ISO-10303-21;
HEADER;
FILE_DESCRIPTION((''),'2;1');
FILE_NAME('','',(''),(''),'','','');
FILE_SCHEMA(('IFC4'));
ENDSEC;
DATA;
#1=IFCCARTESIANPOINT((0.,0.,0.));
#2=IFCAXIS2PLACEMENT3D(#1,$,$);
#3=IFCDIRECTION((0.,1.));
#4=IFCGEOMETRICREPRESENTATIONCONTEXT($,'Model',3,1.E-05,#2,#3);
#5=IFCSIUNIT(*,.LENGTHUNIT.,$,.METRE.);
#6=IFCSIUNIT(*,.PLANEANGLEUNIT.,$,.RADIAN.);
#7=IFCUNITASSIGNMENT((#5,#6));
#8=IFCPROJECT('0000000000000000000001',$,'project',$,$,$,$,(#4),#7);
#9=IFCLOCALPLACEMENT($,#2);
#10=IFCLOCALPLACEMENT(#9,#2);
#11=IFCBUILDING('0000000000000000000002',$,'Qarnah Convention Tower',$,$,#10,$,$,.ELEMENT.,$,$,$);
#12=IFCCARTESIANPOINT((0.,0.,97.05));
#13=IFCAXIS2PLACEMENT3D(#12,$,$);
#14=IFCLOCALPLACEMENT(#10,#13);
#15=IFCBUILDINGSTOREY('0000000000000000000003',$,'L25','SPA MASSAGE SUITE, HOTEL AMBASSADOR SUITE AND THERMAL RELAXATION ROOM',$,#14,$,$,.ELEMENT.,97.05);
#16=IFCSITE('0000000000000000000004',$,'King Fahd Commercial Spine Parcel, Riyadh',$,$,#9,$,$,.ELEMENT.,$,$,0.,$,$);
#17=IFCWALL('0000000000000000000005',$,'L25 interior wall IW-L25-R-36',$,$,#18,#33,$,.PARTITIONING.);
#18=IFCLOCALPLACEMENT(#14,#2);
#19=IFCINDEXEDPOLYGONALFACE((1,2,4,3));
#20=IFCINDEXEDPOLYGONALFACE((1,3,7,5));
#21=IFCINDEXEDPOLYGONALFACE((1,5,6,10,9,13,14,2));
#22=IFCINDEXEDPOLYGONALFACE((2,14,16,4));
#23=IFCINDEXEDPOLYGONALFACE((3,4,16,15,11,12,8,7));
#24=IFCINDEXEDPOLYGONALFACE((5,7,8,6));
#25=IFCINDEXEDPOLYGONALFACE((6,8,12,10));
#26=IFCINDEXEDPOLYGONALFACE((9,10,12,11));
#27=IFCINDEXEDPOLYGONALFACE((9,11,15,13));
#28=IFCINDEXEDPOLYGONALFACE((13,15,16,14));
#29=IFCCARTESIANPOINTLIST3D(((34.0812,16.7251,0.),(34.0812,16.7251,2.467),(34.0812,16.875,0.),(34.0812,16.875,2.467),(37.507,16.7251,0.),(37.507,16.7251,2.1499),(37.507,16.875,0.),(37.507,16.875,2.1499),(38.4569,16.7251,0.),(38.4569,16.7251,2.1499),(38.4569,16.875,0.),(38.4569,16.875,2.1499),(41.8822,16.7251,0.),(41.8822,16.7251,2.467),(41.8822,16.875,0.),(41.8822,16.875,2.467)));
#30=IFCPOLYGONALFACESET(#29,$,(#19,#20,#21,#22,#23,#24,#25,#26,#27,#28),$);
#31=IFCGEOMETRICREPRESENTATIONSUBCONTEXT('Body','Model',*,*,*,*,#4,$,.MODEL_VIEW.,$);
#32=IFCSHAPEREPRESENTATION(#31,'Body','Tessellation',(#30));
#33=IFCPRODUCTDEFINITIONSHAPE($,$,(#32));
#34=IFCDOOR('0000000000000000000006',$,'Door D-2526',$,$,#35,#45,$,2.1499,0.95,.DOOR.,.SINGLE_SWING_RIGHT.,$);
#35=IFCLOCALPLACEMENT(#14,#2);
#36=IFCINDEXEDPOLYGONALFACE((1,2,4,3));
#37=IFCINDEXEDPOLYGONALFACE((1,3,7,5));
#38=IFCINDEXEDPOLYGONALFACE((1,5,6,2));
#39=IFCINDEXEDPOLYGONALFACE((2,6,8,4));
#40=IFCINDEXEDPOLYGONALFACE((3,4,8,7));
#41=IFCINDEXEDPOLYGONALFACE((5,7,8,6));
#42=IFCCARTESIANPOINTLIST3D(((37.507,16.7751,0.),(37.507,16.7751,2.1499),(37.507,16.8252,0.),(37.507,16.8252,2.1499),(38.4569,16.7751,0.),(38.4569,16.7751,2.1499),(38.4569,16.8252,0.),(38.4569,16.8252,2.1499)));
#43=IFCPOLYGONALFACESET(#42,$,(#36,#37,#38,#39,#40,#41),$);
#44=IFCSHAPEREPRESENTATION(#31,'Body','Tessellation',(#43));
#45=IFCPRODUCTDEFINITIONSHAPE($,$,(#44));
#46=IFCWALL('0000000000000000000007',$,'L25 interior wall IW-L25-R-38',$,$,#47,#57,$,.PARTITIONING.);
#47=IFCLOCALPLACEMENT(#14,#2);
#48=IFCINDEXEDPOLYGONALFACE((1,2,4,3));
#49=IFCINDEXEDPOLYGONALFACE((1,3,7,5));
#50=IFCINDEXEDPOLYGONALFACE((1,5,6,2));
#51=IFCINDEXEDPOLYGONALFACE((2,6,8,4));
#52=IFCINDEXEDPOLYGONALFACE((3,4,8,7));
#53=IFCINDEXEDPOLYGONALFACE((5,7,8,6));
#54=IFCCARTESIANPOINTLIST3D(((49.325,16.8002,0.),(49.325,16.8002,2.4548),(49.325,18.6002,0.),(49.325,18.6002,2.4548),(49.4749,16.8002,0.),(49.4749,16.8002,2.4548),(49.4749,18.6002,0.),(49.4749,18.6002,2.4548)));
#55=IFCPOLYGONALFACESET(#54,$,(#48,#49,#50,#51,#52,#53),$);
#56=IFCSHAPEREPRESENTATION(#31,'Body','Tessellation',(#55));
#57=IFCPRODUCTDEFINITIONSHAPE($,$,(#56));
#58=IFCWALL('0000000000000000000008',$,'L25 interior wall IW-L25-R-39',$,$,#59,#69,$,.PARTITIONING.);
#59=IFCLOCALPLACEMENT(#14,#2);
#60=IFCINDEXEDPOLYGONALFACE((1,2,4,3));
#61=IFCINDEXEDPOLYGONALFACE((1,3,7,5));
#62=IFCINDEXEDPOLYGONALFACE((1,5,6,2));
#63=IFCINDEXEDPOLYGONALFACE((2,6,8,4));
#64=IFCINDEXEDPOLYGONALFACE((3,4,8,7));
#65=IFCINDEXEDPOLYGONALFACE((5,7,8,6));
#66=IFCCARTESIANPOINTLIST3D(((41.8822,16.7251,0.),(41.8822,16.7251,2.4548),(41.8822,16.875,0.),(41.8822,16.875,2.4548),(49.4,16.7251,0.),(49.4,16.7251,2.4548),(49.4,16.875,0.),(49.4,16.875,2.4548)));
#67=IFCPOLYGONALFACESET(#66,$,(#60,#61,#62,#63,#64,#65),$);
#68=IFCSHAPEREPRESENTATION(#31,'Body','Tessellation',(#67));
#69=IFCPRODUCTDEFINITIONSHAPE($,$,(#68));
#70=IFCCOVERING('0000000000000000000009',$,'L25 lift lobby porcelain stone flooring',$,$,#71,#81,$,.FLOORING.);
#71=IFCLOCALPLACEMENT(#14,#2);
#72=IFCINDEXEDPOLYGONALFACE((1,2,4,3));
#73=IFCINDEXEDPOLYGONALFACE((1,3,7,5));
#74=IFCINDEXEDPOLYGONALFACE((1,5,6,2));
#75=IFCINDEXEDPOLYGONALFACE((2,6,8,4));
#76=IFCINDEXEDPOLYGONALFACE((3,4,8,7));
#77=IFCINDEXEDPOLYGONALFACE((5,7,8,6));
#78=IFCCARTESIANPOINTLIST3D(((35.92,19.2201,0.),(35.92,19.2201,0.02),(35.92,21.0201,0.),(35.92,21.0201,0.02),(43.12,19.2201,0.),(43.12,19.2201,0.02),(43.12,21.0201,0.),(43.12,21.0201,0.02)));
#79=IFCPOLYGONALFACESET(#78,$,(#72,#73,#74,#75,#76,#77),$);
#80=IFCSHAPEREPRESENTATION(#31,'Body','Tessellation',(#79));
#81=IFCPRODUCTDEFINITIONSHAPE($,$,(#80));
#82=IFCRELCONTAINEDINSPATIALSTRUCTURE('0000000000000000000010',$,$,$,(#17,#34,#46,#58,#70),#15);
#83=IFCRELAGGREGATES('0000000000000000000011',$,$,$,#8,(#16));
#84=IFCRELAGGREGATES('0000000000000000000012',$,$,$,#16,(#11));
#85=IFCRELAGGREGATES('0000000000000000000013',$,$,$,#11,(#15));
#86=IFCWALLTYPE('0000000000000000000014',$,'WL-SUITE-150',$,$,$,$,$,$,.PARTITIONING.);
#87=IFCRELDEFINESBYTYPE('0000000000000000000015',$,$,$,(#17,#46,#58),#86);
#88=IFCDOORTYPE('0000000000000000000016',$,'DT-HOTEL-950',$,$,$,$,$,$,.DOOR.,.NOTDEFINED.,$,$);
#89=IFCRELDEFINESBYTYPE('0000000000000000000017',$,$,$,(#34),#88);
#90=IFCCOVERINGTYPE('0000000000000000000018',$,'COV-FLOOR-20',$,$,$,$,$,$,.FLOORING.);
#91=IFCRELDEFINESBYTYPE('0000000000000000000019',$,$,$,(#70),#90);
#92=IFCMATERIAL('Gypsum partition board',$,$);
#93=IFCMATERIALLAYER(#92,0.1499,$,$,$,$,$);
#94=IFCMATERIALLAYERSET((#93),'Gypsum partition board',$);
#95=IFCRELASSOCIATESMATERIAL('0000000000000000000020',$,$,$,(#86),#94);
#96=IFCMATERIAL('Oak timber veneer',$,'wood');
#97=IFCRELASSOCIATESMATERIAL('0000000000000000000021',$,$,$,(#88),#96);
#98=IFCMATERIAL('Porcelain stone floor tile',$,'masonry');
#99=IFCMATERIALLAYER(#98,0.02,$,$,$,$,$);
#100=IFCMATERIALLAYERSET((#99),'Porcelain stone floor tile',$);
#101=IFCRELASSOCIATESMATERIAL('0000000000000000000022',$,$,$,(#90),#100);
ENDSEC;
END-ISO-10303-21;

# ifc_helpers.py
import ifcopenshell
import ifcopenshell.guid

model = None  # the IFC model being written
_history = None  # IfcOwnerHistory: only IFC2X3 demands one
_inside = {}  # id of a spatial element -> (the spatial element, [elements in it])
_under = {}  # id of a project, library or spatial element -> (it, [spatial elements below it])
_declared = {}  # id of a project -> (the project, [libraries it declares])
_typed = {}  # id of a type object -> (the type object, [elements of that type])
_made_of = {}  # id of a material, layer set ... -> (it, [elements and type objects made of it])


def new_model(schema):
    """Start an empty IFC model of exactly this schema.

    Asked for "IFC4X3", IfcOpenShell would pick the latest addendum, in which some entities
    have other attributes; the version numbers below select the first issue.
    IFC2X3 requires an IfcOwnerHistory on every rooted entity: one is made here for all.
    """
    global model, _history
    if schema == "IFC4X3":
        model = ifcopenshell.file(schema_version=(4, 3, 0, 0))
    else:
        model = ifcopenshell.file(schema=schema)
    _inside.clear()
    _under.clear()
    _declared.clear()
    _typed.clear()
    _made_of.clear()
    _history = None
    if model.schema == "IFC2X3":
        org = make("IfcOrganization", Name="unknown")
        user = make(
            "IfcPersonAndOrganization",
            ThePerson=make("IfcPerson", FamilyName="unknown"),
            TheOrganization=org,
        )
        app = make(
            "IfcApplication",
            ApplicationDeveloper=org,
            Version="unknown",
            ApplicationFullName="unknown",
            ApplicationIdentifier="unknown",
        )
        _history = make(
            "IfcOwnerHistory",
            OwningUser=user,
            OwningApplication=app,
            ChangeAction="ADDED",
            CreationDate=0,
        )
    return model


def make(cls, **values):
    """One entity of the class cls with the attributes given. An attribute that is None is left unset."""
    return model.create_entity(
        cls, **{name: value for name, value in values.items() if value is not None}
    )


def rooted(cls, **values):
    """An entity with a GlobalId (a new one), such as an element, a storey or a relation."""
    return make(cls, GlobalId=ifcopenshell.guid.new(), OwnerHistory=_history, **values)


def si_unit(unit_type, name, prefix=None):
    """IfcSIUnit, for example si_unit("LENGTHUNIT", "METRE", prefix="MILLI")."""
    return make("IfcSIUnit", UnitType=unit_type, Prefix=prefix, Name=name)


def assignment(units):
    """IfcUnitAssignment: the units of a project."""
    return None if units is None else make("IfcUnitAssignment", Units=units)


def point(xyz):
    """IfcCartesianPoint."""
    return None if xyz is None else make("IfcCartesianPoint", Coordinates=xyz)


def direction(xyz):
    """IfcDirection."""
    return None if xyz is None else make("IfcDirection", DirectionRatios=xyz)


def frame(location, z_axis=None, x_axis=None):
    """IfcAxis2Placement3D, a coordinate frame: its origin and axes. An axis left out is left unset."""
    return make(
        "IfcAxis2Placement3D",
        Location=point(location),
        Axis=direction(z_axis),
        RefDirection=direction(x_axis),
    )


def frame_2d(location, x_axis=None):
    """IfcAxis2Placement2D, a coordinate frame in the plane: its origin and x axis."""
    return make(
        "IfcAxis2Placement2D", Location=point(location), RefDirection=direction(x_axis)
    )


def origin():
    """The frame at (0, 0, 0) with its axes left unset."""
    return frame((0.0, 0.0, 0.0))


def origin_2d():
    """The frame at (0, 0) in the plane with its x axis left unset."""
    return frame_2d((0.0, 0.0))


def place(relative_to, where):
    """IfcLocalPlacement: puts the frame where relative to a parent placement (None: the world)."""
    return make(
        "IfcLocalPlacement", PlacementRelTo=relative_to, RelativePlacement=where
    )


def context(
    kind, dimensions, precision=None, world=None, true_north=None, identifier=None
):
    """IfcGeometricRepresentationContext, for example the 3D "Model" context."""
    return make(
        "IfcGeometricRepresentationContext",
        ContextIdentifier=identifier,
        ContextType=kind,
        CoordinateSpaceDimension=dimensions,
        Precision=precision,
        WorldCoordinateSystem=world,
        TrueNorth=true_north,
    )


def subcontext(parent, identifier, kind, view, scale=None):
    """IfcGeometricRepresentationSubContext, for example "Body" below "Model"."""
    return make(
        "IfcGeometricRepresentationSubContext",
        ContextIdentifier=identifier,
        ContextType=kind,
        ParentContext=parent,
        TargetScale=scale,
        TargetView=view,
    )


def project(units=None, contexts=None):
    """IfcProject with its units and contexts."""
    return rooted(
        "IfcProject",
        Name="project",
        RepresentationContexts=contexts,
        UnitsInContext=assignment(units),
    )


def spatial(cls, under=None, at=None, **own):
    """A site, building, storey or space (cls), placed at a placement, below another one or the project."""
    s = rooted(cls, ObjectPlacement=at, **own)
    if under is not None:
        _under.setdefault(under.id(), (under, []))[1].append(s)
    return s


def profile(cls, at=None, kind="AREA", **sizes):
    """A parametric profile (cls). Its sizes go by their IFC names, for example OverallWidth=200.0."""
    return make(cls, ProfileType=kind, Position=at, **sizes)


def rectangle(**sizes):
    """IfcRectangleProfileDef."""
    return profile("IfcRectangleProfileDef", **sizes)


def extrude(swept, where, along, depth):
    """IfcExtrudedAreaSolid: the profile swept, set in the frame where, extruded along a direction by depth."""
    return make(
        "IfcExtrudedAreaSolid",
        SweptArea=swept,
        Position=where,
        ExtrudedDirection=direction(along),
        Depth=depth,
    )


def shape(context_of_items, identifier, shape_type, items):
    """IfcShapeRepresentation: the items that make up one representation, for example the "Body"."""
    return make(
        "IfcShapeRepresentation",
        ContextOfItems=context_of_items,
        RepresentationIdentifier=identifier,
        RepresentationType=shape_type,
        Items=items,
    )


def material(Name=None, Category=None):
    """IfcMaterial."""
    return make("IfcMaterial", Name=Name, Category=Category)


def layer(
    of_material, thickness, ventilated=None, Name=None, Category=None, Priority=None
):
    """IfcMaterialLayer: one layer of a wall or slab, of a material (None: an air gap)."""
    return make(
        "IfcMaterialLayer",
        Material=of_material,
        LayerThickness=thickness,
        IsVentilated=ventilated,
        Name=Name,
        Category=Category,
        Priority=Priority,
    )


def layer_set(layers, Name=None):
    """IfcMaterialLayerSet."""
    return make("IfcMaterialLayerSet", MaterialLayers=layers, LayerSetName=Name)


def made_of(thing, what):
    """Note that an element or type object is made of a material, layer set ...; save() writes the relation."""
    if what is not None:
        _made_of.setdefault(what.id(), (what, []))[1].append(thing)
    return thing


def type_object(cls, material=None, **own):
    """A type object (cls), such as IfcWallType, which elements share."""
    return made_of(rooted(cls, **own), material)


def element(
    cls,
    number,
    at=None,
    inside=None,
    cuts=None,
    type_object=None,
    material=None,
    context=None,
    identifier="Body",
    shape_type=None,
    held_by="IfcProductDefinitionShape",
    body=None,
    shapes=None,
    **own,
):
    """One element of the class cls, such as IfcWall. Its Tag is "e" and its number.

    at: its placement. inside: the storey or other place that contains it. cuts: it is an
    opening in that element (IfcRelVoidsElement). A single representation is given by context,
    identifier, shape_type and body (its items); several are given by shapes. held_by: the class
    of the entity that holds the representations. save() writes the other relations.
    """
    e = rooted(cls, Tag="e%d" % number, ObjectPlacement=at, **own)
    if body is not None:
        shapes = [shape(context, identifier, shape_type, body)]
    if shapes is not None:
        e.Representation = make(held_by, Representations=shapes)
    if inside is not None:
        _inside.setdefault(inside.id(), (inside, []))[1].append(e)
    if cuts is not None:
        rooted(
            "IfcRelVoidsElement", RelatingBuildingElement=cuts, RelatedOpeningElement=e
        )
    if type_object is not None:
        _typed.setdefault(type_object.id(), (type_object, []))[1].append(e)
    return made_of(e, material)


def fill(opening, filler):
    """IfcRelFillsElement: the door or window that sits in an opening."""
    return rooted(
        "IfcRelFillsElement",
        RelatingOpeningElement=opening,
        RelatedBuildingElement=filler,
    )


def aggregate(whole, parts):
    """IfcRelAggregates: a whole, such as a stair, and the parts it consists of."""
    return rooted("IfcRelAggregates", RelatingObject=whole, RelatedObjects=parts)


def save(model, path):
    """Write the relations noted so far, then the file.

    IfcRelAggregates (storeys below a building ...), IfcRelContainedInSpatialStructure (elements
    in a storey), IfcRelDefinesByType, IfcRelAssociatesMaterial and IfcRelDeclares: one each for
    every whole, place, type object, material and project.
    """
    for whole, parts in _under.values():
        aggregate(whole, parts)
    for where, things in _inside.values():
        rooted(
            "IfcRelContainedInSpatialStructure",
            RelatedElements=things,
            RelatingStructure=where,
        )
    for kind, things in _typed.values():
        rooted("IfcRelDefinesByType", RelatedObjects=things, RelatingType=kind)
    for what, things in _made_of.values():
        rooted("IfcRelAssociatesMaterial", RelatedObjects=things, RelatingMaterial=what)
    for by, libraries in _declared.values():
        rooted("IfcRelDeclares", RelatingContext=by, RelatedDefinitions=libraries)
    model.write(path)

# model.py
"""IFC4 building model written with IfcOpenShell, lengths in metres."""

from ifc_helpers import new_model, si_unit, direction, frame, frame_2d, origin, origin_2d, place, context, subcontext, project, spatial, rectangle, extrude, material, layer, layer_set, type_object, element, fill, save


model = new_model("IFC4")

# Units and contexts
model_context = context("Model", 3, precision=1e-05, world=origin(), true_north=direction((0.0, 1.0)))
body_context = subcontext(model_context, "Body", "Model", "MODEL_VIEW")
ifc_project = project(units=[si_unit("LENGTHUNIT", "METRE"), si_unit("PLANEANGLEUNIT", "RADIAN")], contexts=[model_context])

# Site, building, storey
site_placement = place(None, origin())
site = spatial("IfcSite", under=ifc_project, at=site_placement, Name="King Fahd Commercial Spine Parcel, Riyadh", CompositionType="ELEMENT", RefElevation=0.0)
building_placement = place(site_placement, origin())
building = spatial("IfcBuilding", under=site, at=building_placement, Name="Qarnah Convention Tower", CompositionType="ELEMENT")
storey_placement = place(building_placement, frame((0.0, 0.0, 97.05)))
storey = spatial("IfcBuildingStorey", under=building, at=storey_placement, Name="L25", Description="SPA MASSAGE SUITE, HOTEL AMBASSADOR SUITE AND THERMAL RELAXATION ROOM", CompositionType="ELEMENT", Elevation=97.05)

# Shared definitions
ifc_material_1 = material(Name="Gypsum partition board")
ifc_layer_1 = layer(ifc_material_1, 0.1499)
ifc_layer_set_1 = layer_set([ifc_layer_1], Name="Gypsum partition board")
wall_type_1 = type_object("IfcWallType", Name="WL-SUITE-150", PredefinedType="PARTITIONING", material=ifc_layer_set_1)

# Wall, opening, door
wall_1_placement = place(storey_placement, frame((41.8821, 16.8, 0.0), z_axis=(0.0, 0.0, 1.0), x_axis=(-1.0, 0.0, 0.0)))
wall_1 = element("IfcWall", 1, at=wall_1_placement, inside=storey, type_object=wall_type_1, Name="L25 interior wall IW-L25-R-36", PredefinedType="PARTITIONING", context=body_context, shape_type="SweptSolid", body=[
    extrude(rectangle(XDim=7.801, YDim=0.1499, at=frame_2d((3.9004, 0.0))), origin(), (0.0, 0.0, 1.0), 2.467),
])
opening_1_placement = place(wall_1_placement, frame((3.425, 0.0, 0.0)))
opening_1 = element("IfcOpeningElement", 2, at=opening_1_placement, cuts=wall_1, PredefinedType="OPENING", context=body_context, shape_type="SweptSolid", body=[
    extrude(rectangle(XDim=0.95, YDim=2.1499, at=frame_2d((0.4751, 1.075))), frame((0.0, 0.085, 0.0), z_axis=(0.0, -1.0, 0.0), x_axis=(1.0, 0.0, 0.0)), (0.0, 0.0, 1.0), 0.1699),
])
ifc_material_2 = material(Name="Oak timber veneer", Category="wood")
door_type_1 = type_object("IfcDoorType", Name="DT-HOTEL-950", OperationType="NOTDEFINED", PredefinedType="DOOR", material=ifc_material_2)
door_1_placement = place(opening_1_placement, origin())
door_1 = element("IfcDoor", 3, at=door_1_placement, inside=storey, type_object=door_type_1, Name="Door D-2526", OperationType="SINGLE_SWING_RIGHT", OverallHeight=2.1499, OverallWidth=0.95, PredefinedType="DOOR", context=body_context, shape_type="SweptSolid", body=[
    extrude(rectangle(XDim=0.95, YDim=2.1499, at=frame_2d((0.4751, 1.075))), frame((0.0, 0.0249, 0.0), z_axis=(0.0, -1.0, 0.0), x_axis=(1.0, 0.0, 0.0)), (0.0, 0.0, 1.0), 0.05),
])
fill(opening_1, door_1)

# Walls
wall_2_placement = place(storey_placement, frame((49.3999, 18.6001, 0.0), z_axis=(0.0, 0.0, 1.0), x_axis=(0.0, -1.0, 0.0)))
element("IfcWall", 4, at=wall_2_placement, inside=storey, type_object=wall_type_1, Name="L25 interior wall IW-L25-R-38", PredefinedType="PARTITIONING", context=body_context, shape_type="SweptSolid", body=[
    extrude(rectangle(XDim=1.8, YDim=0.1499, at=frame_2d((0.8999, 0.0))), origin(), (0.0, 0.0, 1.0), 2.4548),
])
wall_3_placement = place(storey_placement, frame((49.3999, 16.8, 0.0), z_axis=(0.0, 0.0, 1.0), x_axis=(-1.0, 0.0, 0.0)))
element("IfcWall", 5, at=wall_3_placement, inside=storey, type_object=wall_type_1, Name="L25 interior wall IW-L25-R-39", PredefinedType="PARTITIONING", context=body_context, shape_type="SweptSolid", body=[
    extrude(rectangle(XDim=7.5178, YDim=0.1499, at=frame_2d((3.7588, 0.0))), origin(), (0.0, 0.0, 1.0), 2.4548),
])

# Covering
ifc_material_3 = material(Name="Porcelain stone floor tile", Category="masonry")
ifc_layer_2 = layer(ifc_material_3, 0.02)
ifc_layer_set_2 = layer_set([ifc_layer_2], Name="Porcelain stone floor tile")
covering_type = type_object("IfcCoveringType", Name="COV-FLOOR-20", PredefinedType="FLOORING", material=ifc_layer_set_2)
covering_placement = place(storey_placement, frame((39.52, 20.1201, 0.0), z_axis=(0.0, 0.0, 1.0), x_axis=(1.0, 0.0, 0.0)))
element("IfcCovering", 6, at=covering_placement, inside=storey, type_object=covering_type, Name="L25 lift lobby porcelain stone flooring", PredefinedType="FLOORING", context=body_context, shape_type="SweptSolid", body=[
    extrude(rectangle(XDim=7.2, YDim=1.8, at=origin_2d()), origin(), (0.0, 0.0, 1.0), 0.02),
])

save(model, "model.ifc")
